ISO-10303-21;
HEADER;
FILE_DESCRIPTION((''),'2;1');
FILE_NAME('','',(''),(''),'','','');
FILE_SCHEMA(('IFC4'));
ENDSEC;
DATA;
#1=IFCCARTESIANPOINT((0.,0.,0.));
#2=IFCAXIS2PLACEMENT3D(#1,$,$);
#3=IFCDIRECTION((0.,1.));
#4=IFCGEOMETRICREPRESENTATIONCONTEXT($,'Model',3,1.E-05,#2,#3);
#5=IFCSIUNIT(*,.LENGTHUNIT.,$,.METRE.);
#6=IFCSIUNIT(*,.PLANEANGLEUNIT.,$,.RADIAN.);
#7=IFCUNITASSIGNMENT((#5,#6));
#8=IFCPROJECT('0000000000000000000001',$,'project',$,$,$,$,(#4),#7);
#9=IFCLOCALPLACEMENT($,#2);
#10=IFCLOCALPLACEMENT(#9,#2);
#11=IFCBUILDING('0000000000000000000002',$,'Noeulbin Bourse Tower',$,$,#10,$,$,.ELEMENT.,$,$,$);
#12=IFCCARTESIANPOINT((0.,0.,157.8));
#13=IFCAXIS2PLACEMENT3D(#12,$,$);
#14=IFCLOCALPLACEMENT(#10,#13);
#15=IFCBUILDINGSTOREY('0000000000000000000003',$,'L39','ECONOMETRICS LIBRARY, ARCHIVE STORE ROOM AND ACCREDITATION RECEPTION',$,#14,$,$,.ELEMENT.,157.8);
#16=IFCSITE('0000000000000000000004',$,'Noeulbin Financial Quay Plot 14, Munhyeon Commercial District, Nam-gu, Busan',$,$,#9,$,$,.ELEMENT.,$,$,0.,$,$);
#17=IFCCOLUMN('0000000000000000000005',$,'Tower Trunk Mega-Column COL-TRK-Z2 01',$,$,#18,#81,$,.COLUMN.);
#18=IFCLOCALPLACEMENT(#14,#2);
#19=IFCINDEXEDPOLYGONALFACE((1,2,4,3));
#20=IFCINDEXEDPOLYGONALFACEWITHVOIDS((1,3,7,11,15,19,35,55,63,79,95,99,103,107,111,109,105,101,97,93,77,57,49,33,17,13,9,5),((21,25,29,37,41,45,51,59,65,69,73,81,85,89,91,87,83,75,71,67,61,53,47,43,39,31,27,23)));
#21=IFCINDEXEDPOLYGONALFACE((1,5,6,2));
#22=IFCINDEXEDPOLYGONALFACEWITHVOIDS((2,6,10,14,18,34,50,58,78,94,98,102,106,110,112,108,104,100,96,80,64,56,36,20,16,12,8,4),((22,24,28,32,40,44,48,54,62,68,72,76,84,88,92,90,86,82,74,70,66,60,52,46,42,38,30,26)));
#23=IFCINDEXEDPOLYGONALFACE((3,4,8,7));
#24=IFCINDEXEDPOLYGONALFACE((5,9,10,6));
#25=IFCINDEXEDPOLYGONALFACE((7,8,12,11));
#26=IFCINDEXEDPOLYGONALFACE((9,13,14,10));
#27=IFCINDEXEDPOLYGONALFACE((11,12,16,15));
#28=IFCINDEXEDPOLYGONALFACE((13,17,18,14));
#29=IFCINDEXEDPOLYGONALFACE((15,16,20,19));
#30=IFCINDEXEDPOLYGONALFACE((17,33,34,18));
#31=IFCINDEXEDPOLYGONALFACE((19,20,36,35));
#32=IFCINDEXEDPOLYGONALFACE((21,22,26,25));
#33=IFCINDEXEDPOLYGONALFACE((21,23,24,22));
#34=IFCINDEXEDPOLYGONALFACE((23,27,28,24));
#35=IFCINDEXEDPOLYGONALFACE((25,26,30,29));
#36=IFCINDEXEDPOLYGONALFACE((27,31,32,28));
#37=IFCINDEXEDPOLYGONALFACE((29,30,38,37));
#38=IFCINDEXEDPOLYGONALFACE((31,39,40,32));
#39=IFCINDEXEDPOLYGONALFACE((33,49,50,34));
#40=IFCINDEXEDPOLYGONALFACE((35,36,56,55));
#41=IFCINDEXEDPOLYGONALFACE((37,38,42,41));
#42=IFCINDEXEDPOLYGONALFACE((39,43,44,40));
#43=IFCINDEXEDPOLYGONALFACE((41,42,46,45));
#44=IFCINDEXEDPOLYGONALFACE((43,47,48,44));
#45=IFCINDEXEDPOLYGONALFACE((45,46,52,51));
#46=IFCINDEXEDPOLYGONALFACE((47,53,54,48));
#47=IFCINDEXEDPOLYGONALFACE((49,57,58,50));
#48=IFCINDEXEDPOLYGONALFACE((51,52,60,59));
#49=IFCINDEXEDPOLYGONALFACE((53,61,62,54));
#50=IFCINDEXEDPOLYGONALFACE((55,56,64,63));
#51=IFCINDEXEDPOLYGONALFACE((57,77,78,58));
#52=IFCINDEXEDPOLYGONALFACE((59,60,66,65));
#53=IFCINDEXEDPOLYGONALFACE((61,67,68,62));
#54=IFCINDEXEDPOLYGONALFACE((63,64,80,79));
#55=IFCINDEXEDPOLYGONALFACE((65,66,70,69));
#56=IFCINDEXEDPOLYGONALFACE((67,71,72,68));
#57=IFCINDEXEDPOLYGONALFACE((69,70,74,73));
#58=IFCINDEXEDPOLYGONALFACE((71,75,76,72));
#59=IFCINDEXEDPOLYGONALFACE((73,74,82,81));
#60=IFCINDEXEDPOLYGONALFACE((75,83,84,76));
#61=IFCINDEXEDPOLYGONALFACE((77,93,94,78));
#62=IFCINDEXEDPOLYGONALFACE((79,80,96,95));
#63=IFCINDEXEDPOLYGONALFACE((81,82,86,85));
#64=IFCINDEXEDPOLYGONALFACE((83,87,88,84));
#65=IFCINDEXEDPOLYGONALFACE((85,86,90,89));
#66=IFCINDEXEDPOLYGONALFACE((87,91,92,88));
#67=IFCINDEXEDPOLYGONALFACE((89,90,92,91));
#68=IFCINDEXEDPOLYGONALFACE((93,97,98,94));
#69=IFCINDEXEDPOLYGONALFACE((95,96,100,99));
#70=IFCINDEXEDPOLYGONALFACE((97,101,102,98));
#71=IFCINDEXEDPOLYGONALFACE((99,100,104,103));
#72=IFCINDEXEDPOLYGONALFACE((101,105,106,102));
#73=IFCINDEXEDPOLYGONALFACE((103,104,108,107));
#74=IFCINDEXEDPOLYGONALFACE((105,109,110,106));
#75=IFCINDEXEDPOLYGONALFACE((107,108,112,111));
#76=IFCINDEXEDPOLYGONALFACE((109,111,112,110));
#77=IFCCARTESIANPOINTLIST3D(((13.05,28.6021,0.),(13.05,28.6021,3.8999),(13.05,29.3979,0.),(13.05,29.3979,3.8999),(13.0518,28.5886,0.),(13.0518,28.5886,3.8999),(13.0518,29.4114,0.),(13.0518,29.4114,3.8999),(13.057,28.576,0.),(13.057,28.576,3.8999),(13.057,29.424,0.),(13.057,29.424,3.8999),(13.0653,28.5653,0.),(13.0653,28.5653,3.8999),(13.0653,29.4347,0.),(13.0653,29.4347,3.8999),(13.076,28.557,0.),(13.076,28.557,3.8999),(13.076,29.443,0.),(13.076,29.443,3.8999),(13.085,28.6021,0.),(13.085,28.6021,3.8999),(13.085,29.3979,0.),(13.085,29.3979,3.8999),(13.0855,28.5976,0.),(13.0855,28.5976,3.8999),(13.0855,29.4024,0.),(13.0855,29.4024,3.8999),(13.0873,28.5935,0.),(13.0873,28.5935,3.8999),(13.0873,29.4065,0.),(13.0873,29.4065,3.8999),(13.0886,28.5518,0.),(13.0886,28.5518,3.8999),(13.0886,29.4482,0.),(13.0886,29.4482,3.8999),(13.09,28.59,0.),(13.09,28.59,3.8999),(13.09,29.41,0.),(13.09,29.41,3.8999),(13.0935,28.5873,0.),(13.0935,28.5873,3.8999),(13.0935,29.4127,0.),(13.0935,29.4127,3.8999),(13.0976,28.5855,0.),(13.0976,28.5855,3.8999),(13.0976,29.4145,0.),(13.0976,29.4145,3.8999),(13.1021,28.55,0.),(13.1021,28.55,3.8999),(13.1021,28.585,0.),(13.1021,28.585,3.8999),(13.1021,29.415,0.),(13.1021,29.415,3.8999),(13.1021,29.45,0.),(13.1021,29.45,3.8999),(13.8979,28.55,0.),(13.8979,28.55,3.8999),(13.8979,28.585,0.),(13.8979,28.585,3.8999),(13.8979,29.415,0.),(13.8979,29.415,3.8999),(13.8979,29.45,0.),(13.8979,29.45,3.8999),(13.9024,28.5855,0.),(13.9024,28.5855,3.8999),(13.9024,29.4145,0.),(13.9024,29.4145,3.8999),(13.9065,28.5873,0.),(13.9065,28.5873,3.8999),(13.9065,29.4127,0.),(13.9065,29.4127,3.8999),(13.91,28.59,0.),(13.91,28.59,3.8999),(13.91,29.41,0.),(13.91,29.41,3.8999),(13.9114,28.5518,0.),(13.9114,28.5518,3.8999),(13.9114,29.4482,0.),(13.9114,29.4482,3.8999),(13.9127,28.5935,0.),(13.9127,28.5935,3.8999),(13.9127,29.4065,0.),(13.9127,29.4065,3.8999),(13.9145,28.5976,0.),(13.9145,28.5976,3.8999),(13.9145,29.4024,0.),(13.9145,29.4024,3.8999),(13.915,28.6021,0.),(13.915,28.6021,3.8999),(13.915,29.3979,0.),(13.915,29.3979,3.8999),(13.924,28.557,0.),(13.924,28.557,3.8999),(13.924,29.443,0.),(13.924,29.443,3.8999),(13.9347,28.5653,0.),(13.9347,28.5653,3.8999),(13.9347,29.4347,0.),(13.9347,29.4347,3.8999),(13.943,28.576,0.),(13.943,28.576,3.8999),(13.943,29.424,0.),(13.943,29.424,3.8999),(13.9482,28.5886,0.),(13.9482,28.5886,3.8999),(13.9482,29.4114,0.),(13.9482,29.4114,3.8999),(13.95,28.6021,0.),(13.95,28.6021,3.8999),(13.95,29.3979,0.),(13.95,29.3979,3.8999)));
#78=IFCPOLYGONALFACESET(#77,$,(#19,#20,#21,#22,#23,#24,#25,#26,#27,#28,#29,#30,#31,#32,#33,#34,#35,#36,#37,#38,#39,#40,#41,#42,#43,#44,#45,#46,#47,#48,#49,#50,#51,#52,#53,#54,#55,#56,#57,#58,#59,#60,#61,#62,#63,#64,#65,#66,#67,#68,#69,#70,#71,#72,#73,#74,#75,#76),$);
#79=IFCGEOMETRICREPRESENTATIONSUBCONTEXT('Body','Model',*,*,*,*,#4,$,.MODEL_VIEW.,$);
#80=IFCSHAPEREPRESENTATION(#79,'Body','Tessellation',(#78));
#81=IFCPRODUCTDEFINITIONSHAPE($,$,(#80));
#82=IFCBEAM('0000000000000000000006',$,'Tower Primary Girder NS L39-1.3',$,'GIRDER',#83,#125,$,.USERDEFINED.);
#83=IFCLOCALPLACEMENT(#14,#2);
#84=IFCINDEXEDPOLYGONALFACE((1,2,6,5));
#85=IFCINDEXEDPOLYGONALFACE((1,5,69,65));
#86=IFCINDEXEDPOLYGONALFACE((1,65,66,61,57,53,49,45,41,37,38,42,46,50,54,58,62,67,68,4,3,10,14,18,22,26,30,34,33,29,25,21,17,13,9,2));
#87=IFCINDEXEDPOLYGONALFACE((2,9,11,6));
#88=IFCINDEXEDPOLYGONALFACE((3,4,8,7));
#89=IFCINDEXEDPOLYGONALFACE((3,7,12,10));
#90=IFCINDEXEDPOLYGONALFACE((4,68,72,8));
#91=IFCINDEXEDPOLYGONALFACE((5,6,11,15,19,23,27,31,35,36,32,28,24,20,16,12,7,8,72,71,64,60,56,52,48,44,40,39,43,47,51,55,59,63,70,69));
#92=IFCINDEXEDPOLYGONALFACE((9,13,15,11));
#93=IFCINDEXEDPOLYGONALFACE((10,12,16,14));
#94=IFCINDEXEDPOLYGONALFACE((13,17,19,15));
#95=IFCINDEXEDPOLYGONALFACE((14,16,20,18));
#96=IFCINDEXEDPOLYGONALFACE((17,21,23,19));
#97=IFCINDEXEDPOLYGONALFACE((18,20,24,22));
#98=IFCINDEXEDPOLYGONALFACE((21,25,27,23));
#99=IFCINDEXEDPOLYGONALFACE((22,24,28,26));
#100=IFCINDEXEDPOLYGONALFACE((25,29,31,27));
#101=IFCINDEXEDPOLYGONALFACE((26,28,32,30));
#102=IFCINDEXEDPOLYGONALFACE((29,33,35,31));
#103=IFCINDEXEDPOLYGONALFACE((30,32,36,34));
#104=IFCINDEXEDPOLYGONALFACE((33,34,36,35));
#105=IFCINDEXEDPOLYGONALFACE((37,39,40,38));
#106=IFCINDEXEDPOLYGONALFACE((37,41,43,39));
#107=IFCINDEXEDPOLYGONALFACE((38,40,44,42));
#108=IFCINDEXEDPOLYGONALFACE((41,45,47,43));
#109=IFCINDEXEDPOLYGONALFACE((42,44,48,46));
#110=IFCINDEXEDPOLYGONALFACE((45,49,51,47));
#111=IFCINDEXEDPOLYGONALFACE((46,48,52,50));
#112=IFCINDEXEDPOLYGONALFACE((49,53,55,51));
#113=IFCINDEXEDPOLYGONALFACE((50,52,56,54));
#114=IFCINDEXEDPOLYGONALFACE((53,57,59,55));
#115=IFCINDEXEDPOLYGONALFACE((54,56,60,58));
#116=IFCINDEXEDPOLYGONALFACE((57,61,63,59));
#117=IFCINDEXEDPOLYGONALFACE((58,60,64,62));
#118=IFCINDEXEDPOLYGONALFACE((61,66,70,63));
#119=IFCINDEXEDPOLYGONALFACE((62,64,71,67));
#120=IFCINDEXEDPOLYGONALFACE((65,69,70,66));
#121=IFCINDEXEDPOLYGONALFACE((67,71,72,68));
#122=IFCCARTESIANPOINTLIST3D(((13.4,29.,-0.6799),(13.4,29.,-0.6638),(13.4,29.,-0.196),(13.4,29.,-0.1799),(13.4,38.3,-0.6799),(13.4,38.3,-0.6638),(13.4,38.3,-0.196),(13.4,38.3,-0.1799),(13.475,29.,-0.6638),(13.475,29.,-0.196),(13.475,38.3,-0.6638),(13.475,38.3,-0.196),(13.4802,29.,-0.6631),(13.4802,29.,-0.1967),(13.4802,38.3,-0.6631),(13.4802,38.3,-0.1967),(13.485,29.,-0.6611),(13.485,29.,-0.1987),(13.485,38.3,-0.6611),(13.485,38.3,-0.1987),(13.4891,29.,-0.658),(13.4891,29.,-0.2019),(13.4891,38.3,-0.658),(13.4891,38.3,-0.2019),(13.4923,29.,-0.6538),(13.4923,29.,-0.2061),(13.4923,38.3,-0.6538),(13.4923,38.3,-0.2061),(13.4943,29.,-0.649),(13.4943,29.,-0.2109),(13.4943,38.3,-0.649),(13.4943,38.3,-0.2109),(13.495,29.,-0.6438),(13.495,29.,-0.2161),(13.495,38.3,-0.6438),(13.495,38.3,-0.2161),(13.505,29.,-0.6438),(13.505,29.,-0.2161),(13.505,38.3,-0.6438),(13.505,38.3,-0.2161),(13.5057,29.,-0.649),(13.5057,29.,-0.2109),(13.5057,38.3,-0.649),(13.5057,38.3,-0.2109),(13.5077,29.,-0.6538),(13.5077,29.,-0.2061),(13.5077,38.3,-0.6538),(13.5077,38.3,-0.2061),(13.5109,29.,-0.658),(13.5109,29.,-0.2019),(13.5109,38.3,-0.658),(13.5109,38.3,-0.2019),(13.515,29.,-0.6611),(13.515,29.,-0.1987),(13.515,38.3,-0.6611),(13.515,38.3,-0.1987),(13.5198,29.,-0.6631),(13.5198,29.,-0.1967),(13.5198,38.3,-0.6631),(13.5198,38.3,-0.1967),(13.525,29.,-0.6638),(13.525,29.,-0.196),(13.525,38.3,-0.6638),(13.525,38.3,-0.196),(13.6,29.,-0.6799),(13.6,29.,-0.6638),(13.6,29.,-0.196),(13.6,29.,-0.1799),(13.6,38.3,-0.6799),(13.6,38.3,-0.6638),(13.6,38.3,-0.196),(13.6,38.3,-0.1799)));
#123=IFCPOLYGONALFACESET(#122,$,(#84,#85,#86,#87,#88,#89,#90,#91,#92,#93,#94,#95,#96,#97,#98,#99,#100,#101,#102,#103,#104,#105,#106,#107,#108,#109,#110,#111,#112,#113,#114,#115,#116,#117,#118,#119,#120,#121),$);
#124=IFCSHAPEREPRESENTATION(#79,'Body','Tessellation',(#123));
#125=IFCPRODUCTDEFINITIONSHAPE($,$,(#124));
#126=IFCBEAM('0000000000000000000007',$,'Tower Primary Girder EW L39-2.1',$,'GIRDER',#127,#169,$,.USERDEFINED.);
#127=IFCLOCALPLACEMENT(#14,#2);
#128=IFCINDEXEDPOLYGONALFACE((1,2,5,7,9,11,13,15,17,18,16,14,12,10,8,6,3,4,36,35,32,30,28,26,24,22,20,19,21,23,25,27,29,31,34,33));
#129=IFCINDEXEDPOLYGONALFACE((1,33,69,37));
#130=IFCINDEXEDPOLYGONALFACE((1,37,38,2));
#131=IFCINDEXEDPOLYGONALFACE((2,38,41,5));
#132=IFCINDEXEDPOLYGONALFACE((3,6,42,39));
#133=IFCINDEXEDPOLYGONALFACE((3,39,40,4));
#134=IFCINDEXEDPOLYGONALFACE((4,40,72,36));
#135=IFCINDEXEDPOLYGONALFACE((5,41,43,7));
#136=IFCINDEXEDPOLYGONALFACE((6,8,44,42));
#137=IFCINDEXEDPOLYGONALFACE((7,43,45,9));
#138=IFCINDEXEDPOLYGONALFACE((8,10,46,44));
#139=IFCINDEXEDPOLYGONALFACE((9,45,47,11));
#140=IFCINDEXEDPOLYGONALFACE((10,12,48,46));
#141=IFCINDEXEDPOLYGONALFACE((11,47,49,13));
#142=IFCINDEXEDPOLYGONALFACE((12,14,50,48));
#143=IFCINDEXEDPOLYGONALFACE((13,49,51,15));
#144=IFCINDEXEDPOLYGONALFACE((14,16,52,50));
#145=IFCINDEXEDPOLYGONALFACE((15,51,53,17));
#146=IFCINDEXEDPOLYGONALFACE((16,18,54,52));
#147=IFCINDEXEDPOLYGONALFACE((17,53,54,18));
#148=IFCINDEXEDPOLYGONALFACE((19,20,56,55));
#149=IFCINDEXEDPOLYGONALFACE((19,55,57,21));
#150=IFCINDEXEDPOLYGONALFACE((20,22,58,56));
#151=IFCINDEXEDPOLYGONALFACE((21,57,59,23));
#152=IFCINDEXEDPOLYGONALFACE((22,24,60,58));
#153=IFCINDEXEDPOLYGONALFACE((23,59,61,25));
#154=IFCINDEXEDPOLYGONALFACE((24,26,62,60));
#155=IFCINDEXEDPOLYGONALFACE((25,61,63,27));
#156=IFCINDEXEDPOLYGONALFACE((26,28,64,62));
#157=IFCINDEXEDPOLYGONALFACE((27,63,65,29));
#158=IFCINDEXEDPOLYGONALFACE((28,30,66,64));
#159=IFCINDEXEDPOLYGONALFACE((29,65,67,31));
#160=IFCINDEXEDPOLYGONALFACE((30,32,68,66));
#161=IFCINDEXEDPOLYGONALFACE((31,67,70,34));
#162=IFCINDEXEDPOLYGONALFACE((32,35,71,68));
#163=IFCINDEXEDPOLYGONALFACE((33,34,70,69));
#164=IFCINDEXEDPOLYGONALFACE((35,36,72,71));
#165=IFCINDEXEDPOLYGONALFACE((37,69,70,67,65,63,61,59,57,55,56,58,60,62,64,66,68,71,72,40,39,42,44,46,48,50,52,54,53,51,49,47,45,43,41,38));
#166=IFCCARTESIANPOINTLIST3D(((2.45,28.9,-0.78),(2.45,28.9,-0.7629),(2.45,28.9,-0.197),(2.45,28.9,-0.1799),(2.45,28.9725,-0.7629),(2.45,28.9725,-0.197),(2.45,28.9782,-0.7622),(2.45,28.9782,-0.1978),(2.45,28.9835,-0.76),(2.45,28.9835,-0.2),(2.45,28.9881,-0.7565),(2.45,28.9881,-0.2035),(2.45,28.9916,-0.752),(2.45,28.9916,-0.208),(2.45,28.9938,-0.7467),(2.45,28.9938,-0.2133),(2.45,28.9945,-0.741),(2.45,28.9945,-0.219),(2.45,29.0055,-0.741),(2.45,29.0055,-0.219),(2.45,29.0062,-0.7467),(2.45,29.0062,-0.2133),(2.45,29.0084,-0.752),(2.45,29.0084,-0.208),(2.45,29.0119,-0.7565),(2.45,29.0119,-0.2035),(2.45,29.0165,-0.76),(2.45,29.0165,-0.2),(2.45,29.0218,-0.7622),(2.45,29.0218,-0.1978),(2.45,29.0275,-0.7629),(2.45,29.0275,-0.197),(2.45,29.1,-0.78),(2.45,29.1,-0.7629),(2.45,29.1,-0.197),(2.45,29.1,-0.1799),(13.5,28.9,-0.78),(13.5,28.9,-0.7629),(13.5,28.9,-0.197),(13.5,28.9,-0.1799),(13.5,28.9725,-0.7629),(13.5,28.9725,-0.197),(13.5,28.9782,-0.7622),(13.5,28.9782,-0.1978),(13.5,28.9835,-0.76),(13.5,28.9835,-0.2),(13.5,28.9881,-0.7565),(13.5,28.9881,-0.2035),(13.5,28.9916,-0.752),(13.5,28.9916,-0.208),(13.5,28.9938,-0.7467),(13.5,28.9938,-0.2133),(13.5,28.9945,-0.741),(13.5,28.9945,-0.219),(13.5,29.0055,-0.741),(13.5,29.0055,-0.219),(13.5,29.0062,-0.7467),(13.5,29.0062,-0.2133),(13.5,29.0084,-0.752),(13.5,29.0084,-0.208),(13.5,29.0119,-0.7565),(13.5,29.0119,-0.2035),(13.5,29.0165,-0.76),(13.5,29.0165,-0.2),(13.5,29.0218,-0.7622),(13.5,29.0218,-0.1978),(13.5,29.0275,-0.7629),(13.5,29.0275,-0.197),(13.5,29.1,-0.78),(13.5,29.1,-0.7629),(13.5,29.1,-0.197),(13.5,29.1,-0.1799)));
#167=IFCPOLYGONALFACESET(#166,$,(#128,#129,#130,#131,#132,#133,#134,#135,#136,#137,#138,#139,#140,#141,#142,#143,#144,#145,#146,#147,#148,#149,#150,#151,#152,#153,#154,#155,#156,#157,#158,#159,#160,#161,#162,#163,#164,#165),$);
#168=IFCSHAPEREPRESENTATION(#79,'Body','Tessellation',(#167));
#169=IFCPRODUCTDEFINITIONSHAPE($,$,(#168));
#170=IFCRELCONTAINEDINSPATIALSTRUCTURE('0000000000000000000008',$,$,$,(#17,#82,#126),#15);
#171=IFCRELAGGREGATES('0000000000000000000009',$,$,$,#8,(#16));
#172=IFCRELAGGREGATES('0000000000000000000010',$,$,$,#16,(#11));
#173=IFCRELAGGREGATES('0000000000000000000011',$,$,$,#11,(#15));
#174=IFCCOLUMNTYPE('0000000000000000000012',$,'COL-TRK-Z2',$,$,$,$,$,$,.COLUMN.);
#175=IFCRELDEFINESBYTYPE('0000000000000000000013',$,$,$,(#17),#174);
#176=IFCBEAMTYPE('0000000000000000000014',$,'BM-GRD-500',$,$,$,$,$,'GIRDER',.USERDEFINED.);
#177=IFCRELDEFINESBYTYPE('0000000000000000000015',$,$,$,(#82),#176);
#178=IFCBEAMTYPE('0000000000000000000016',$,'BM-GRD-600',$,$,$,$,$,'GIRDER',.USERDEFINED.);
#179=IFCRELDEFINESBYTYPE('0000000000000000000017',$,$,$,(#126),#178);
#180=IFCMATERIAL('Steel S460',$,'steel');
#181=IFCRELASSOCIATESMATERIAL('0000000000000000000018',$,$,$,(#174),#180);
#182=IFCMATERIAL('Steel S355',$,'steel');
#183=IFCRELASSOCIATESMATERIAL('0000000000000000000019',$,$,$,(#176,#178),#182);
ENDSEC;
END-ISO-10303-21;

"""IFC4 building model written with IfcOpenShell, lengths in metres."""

from ifc_helpers import new_model, si_unit, direction, frame, origin, origin_2d, place, context, subcontext, project, spatial, hollow_rectangle, i_section, extrude, material, material_profile, profile_set, type_object, element, save


model = new_model("IFC4")

# Units and contexts
model_context = context("Model", 3, precision=1e-05, world=origin(), true_north=direction((0.0, 1.0)))
body_context = subcontext(model_context, "Body", "Model", "MODEL_VIEW")
ifc_project = project(units=[si_unit("LENGTHUNIT", "METRE"), si_unit("PLANEANGLEUNIT", "RADIAN")], contexts=[model_context])

# Site, building, storey
site_placement = place(None, origin())
site = spatial("IfcSite", under=ifc_project, at=site_placement, Name="Noeulbin Financial Quay Plot 14, Munhyeon Commercial District, Nam-gu, Busan", CompositionType="ELEMENT", RefElevation=0.0)
building_placement = place(site_placement, origin())
building = spatial("IfcBuilding", under=site, at=building_placement, Name="Noeulbin Bourse Tower", CompositionType="ELEMENT")
storey_placement = place(building_placement, frame((0.0, 0.0, 157.8)))
storey = spatial("IfcBuildingStorey", under=building, at=storey_placement, Name="L39", Description="ECONOMETRICS LIBRARY, ARCHIVE STORE ROOM AND ACCREDITATION RECEPTION", CompositionType="ELEMENT", Elevation=157.8)

# Column
ifc_material_1 = material(Name="Steel S460", Category="steel")
ifc_material_profile_1 = material_profile(ifc_material_1, hollow_rectangle(XDim=0.8999, YDim=0.8999, WallThickness=0.0349, InnerFilletRadius=0.0171, OuterFilletRadius=0.052, at=origin_2d()), Name="BOX-900x900x35", Category="LoadBearing")
ifc_profile_set_1 = profile_set([ifc_material_profile_1], Name="Steel S460")
column_type = type_object("IfcColumnType", Name="COL-TRK-Z2", PredefinedType="COLUMN", material=ifc_profile_set_1)
column_placement = place(storey_placement, frame((13.5, 29.0, 0.0), z_axis=(0.0, 0.0, 1.0), x_axis=(1.0, 0.0, 0.0)))
element("IfcColumn", 1, at=column_placement, inside=storey, type_object=column_type, Name="Tower Trunk Mega-Column COL-TRK-Z2 01", PredefinedType="COLUMN", context=body_context, shape_type="SweptSolid", body=[
    extrude(hollow_rectangle(XDim=0.8999, YDim=0.8999, WallThickness=0.0349, InnerFilletRadius=0.0171, OuterFilletRadius=0.052, at=origin_2d()), origin(), (0.0, 0.0, 1.0), 3.8999),
])

# Beams
ifc_material_2 = material(Name="Steel S355", Category="steel")
ifc_material_profile_2 = material_profile(ifc_material_2, i_section(OverallWidth=0.2, OverallDepth=0.5, WebThickness=0.01, FlangeThickness=0.0161, FilletRadius=0.02, at=origin_2d()), Name="H-500x200x10x16", Category="LoadBearing")
ifc_profile_set_2 = profile_set([ifc_material_profile_2], Name="Steel S355")
beam_type_1 = type_object("IfcBeamType", Name="BM-GRD-500", ElementType="GIRDER", PredefinedType="USERDEFINED", material=ifc_profile_set_2)
beam_1_placement = place(storey_placement, frame((13.5, 29.0, -0.4299), z_axis=(0.0, 1.0, 0.0), x_axis=(-1.0, 0.0, 0.0)))
element("IfcBeam", 2, at=beam_1_placement, inside=storey, type_object=beam_type_1, Name="Tower Primary Girder NS L39-1.3", ObjectType="GIRDER", PredefinedType="USERDEFINED", context=body_context, shape_type="SweptSolid", body=[
    extrude(i_section(OverallWidth=0.2, OverallDepth=0.5, WebThickness=0.01, FlangeThickness=0.0161, FilletRadius=0.02, at=origin_2d()), origin(), (0.0, 0.0, 1.0), 9.3),
])
ifc_material_profile_3 = material_profile(ifc_material_2, i_section(OverallWidth=0.2, OverallDepth=0.6001, WebThickness=0.011, FlangeThickness=0.0171, FilletRadius=0.022, at=origin_2d()), Name="H-600x200x11x17", Category="LoadBearing")
ifc_profile_set_3 = profile_set([ifc_material_profile_3], Name="Steel S355")
beam_type_2 = type_object("IfcBeamType", Name="BM-GRD-600", ElementType="GIRDER", PredefinedType="USERDEFINED", material=ifc_profile_set_3)
beam_2_placement = place(storey_placement, frame((2.45, 29.0, -0.48), z_axis=(1.0, 0.0, 0.0), x_axis=(0.0, 1.0, 0.0)))
element("IfcBeam", 3, at=beam_2_placement, inside=storey, type_object=beam_type_2, Name="Tower Primary Girder EW L39-2.1", ObjectType="GIRDER", PredefinedType="USERDEFINED", context=body_context, shape_type="SweptSolid", body=[
    extrude(i_section(OverallWidth=0.2, OverallDepth=0.6001, WebThickness=0.011, FlangeThickness=0.0171, FilletRadius=0.022, at=origin_2d()), origin(), (0.0, 0.0, 1.0), 11.05),
])

save(model, "model.ifc")
